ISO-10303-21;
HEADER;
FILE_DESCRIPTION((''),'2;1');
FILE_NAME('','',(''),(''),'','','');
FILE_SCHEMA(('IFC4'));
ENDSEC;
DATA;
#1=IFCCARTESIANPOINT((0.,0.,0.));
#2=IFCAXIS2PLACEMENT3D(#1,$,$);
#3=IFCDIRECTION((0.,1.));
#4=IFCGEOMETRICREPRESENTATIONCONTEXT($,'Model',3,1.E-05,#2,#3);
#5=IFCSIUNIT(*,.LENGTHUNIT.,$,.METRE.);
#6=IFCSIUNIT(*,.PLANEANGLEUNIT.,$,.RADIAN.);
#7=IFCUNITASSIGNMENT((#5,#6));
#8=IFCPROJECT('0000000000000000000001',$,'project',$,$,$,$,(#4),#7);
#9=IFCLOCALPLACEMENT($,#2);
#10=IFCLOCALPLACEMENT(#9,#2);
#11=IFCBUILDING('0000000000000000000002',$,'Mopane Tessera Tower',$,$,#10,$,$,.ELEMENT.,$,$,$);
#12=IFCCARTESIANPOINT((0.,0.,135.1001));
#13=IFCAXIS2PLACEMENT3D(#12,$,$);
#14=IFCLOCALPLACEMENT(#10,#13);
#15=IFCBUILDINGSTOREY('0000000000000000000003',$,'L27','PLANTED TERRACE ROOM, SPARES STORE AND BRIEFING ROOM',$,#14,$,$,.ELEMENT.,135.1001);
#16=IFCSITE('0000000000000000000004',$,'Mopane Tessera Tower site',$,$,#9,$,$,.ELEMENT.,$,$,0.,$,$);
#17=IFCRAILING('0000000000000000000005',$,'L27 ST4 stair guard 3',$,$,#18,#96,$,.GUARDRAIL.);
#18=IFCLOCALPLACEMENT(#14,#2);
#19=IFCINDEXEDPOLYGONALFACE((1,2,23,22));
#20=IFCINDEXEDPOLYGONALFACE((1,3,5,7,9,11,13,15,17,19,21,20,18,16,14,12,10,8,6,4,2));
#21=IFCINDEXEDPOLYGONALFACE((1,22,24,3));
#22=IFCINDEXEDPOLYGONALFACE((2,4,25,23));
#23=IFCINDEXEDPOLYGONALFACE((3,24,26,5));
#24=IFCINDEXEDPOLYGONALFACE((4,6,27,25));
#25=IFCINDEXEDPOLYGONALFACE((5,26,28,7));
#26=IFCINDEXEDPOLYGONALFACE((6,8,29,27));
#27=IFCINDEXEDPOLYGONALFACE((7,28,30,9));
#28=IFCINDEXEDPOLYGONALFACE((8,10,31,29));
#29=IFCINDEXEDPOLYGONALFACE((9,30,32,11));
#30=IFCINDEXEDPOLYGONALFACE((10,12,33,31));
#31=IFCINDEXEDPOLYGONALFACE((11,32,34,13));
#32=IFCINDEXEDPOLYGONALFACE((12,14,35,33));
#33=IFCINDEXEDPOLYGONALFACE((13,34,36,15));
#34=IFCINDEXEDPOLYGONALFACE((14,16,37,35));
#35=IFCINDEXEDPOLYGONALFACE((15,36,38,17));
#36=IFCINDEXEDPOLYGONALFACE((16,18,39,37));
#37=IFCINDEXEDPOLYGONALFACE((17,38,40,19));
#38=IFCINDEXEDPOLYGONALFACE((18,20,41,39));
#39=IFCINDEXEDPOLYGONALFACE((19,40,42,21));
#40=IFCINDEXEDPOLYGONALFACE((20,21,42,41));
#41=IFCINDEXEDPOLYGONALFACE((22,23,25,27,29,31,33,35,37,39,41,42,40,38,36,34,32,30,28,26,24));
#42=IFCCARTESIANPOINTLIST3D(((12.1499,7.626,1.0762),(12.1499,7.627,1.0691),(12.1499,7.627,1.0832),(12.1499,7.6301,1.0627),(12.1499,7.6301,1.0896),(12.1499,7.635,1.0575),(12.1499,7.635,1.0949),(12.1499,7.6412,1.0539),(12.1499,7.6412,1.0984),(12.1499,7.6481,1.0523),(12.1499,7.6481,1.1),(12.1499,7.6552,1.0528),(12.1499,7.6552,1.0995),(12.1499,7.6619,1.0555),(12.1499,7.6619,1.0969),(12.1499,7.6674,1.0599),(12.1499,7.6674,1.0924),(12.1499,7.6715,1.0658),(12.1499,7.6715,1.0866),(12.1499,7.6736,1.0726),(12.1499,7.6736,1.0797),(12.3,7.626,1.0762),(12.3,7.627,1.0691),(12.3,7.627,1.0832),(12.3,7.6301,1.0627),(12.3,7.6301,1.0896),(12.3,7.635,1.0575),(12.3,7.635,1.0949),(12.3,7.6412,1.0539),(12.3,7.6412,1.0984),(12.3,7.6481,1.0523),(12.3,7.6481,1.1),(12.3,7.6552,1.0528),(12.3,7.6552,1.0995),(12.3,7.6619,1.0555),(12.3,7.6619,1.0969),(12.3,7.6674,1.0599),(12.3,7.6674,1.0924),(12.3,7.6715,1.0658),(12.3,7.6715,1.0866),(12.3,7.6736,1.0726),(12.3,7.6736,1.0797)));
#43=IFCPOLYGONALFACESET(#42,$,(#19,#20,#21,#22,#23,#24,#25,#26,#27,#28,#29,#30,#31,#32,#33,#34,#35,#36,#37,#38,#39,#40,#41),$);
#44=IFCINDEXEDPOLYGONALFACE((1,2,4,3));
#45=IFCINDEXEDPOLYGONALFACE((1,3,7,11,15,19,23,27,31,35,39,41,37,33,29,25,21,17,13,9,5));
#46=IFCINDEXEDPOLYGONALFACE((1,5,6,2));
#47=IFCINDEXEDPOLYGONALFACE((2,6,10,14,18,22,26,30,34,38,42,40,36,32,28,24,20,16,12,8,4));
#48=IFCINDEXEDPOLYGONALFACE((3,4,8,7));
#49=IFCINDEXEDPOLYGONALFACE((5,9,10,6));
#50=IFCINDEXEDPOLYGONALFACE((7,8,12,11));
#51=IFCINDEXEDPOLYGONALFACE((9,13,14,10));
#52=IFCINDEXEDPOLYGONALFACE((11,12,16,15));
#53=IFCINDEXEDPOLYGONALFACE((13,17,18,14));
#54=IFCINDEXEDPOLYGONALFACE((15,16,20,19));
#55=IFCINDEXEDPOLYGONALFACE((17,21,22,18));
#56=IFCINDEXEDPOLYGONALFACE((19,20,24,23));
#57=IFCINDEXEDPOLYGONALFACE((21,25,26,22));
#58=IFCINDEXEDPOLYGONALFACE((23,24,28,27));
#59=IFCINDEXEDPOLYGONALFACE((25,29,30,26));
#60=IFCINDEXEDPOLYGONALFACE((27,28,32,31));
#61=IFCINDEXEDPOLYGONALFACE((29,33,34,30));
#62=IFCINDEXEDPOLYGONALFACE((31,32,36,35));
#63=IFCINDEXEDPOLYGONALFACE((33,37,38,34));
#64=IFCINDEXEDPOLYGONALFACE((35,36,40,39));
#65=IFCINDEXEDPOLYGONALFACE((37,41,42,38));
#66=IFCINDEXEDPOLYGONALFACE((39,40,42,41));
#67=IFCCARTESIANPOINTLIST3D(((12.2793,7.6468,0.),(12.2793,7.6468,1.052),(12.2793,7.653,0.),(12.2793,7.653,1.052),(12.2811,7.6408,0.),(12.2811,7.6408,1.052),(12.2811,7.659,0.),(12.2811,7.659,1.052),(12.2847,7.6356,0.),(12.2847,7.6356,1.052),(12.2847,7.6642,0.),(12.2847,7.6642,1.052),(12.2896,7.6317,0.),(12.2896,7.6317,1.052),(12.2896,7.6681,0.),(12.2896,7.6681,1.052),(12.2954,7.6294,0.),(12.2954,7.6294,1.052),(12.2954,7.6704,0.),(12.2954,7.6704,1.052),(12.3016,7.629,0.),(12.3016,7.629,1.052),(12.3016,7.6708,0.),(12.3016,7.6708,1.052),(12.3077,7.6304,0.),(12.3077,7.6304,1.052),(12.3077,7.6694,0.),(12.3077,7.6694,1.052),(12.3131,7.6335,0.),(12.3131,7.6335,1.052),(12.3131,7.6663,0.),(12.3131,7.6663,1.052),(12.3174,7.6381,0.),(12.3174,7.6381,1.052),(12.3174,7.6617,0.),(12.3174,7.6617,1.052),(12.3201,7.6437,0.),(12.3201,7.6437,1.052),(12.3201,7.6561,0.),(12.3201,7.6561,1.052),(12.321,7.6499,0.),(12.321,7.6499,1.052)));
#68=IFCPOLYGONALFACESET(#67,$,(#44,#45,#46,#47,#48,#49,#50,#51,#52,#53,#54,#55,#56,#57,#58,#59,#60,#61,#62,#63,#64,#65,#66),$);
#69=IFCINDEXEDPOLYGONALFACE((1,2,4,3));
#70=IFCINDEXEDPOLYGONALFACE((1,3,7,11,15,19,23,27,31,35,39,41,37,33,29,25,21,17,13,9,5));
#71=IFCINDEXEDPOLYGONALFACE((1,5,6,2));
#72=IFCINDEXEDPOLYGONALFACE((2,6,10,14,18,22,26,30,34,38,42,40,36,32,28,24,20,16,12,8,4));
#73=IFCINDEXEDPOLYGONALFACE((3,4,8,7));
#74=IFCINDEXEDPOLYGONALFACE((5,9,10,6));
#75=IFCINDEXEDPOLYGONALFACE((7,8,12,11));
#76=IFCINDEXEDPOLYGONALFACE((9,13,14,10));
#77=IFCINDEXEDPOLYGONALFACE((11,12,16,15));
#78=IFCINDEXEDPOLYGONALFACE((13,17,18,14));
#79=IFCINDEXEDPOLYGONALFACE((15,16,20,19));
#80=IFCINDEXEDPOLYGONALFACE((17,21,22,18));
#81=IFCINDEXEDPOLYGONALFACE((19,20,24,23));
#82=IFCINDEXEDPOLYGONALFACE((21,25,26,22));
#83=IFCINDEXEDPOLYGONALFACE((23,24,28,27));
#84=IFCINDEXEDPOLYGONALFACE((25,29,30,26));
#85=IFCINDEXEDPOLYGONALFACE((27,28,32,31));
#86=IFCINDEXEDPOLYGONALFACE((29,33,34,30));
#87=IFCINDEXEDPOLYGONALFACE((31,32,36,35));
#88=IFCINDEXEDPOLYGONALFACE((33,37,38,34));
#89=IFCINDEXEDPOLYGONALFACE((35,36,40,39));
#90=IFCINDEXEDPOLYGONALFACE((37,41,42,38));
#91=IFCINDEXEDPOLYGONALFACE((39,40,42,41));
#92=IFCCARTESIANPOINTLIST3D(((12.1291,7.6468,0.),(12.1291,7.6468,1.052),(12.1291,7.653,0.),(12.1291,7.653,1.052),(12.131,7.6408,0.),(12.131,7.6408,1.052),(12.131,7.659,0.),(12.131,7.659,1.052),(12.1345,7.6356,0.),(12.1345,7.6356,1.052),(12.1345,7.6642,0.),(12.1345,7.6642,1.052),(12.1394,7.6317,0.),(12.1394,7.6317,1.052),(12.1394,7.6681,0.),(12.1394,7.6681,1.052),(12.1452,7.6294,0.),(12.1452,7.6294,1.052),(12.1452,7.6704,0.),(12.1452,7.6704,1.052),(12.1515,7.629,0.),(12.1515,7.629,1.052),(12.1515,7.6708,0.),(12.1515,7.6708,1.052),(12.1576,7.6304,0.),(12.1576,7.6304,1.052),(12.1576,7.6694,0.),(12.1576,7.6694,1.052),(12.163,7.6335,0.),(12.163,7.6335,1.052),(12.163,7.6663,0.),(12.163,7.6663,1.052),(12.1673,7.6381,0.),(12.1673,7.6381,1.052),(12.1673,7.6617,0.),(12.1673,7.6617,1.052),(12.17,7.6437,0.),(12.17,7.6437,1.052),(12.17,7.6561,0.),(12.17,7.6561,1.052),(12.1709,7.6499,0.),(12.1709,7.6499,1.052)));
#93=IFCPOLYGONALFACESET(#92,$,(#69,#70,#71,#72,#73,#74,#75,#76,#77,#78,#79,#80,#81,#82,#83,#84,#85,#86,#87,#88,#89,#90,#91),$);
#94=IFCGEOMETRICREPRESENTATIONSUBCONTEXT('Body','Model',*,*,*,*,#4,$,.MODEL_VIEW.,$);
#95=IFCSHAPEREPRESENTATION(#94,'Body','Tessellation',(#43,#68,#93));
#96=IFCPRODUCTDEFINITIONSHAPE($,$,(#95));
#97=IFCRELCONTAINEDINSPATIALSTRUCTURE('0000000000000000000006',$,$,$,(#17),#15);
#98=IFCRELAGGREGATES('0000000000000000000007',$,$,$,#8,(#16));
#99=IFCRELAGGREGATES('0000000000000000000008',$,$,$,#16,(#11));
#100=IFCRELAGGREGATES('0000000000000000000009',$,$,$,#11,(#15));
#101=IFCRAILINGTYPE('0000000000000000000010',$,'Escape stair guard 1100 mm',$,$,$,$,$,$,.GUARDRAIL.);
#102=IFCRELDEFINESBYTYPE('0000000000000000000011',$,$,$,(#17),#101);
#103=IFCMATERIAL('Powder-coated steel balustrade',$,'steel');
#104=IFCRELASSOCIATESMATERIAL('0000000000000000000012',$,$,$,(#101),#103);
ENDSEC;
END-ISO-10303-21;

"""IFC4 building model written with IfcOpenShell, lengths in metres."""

from ifc_helpers import new_model, si_unit, direction, frame, origin, origin_2d, place, context, subcontext, project, spatial, circle, extrude, material, type_object, element, save


model = new_model("IFC4")

# Units and contexts
model_context = context("Model", 3, precision=1e-05, world=origin(), true_north=direction((0.0, 1.0)))
body_context = subcontext(model_context, "Body", "Model", "MODEL_VIEW")
ifc_project = project(units=[si_unit("LENGTHUNIT", "METRE"), si_unit("PLANEANGLEUNIT", "RADIAN")], contexts=[model_context])

# Site, building, storey
site_placement = place(None, origin())
site = spatial("IfcSite", under=ifc_project, at=site_placement, Name="Mopane Tessera Tower site", CompositionType="ELEMENT", RefElevation=0.0)
building_placement = place(site_placement, origin())
building = spatial("IfcBuilding", under=site, at=building_placement, Name="Mopane Tessera Tower", CompositionType="ELEMENT")
storey_placement = place(building_placement, frame((0.0, 0.0, 135.1001)))
storey = spatial("IfcBuildingStorey", under=building, at=storey_placement, Name="L27", Description="PLANTED TERRACE ROOM, SPARES STORE AND BRIEFING ROOM", CompositionType="ELEMENT", Elevation=135.1001)

# Railing
ifc_material_1 = material(Name="Powder-coated steel balustrade", Category="steel")
railing_type_1 = type_object("IfcRailingType", Name="Escape stair guard 1100 mm", PredefinedType="GUARDRAIL", material=ifc_material_1)
railing_1_placement = place(storey_placement, frame((12.3, 7.6499, 0.0)))
element("IfcRailing", 1, at=railing_1_placement, inside=storey, type_object=railing_type_1, Name="L27 ST4 stair guard 3", PredefinedType="GUARDRAIL", context=body_context, shape_type="SweptSolid", body=[
    extrude(circle(Radius=0.0239, at=origin_2d()), frame((0.0, 0.0, 1.0762), z_axis=(-1.0, 0.0, 0.0), x_axis=(0.0, -1.0, 0.0)), (0.0, 0.0, 1.0), 0.1501),
    extrude(circle(Radius=0.021, at=origin_2d()), origin(), (0.0, 0.0, 1.0), 1.052),
    extrude(circle(Radius=0.021, at=origin_2d()), frame((-0.1501, 0.0, 0.0)), (0.0, 0.0, 1.0), 1.052),
])

save(model, "model.ifc")
